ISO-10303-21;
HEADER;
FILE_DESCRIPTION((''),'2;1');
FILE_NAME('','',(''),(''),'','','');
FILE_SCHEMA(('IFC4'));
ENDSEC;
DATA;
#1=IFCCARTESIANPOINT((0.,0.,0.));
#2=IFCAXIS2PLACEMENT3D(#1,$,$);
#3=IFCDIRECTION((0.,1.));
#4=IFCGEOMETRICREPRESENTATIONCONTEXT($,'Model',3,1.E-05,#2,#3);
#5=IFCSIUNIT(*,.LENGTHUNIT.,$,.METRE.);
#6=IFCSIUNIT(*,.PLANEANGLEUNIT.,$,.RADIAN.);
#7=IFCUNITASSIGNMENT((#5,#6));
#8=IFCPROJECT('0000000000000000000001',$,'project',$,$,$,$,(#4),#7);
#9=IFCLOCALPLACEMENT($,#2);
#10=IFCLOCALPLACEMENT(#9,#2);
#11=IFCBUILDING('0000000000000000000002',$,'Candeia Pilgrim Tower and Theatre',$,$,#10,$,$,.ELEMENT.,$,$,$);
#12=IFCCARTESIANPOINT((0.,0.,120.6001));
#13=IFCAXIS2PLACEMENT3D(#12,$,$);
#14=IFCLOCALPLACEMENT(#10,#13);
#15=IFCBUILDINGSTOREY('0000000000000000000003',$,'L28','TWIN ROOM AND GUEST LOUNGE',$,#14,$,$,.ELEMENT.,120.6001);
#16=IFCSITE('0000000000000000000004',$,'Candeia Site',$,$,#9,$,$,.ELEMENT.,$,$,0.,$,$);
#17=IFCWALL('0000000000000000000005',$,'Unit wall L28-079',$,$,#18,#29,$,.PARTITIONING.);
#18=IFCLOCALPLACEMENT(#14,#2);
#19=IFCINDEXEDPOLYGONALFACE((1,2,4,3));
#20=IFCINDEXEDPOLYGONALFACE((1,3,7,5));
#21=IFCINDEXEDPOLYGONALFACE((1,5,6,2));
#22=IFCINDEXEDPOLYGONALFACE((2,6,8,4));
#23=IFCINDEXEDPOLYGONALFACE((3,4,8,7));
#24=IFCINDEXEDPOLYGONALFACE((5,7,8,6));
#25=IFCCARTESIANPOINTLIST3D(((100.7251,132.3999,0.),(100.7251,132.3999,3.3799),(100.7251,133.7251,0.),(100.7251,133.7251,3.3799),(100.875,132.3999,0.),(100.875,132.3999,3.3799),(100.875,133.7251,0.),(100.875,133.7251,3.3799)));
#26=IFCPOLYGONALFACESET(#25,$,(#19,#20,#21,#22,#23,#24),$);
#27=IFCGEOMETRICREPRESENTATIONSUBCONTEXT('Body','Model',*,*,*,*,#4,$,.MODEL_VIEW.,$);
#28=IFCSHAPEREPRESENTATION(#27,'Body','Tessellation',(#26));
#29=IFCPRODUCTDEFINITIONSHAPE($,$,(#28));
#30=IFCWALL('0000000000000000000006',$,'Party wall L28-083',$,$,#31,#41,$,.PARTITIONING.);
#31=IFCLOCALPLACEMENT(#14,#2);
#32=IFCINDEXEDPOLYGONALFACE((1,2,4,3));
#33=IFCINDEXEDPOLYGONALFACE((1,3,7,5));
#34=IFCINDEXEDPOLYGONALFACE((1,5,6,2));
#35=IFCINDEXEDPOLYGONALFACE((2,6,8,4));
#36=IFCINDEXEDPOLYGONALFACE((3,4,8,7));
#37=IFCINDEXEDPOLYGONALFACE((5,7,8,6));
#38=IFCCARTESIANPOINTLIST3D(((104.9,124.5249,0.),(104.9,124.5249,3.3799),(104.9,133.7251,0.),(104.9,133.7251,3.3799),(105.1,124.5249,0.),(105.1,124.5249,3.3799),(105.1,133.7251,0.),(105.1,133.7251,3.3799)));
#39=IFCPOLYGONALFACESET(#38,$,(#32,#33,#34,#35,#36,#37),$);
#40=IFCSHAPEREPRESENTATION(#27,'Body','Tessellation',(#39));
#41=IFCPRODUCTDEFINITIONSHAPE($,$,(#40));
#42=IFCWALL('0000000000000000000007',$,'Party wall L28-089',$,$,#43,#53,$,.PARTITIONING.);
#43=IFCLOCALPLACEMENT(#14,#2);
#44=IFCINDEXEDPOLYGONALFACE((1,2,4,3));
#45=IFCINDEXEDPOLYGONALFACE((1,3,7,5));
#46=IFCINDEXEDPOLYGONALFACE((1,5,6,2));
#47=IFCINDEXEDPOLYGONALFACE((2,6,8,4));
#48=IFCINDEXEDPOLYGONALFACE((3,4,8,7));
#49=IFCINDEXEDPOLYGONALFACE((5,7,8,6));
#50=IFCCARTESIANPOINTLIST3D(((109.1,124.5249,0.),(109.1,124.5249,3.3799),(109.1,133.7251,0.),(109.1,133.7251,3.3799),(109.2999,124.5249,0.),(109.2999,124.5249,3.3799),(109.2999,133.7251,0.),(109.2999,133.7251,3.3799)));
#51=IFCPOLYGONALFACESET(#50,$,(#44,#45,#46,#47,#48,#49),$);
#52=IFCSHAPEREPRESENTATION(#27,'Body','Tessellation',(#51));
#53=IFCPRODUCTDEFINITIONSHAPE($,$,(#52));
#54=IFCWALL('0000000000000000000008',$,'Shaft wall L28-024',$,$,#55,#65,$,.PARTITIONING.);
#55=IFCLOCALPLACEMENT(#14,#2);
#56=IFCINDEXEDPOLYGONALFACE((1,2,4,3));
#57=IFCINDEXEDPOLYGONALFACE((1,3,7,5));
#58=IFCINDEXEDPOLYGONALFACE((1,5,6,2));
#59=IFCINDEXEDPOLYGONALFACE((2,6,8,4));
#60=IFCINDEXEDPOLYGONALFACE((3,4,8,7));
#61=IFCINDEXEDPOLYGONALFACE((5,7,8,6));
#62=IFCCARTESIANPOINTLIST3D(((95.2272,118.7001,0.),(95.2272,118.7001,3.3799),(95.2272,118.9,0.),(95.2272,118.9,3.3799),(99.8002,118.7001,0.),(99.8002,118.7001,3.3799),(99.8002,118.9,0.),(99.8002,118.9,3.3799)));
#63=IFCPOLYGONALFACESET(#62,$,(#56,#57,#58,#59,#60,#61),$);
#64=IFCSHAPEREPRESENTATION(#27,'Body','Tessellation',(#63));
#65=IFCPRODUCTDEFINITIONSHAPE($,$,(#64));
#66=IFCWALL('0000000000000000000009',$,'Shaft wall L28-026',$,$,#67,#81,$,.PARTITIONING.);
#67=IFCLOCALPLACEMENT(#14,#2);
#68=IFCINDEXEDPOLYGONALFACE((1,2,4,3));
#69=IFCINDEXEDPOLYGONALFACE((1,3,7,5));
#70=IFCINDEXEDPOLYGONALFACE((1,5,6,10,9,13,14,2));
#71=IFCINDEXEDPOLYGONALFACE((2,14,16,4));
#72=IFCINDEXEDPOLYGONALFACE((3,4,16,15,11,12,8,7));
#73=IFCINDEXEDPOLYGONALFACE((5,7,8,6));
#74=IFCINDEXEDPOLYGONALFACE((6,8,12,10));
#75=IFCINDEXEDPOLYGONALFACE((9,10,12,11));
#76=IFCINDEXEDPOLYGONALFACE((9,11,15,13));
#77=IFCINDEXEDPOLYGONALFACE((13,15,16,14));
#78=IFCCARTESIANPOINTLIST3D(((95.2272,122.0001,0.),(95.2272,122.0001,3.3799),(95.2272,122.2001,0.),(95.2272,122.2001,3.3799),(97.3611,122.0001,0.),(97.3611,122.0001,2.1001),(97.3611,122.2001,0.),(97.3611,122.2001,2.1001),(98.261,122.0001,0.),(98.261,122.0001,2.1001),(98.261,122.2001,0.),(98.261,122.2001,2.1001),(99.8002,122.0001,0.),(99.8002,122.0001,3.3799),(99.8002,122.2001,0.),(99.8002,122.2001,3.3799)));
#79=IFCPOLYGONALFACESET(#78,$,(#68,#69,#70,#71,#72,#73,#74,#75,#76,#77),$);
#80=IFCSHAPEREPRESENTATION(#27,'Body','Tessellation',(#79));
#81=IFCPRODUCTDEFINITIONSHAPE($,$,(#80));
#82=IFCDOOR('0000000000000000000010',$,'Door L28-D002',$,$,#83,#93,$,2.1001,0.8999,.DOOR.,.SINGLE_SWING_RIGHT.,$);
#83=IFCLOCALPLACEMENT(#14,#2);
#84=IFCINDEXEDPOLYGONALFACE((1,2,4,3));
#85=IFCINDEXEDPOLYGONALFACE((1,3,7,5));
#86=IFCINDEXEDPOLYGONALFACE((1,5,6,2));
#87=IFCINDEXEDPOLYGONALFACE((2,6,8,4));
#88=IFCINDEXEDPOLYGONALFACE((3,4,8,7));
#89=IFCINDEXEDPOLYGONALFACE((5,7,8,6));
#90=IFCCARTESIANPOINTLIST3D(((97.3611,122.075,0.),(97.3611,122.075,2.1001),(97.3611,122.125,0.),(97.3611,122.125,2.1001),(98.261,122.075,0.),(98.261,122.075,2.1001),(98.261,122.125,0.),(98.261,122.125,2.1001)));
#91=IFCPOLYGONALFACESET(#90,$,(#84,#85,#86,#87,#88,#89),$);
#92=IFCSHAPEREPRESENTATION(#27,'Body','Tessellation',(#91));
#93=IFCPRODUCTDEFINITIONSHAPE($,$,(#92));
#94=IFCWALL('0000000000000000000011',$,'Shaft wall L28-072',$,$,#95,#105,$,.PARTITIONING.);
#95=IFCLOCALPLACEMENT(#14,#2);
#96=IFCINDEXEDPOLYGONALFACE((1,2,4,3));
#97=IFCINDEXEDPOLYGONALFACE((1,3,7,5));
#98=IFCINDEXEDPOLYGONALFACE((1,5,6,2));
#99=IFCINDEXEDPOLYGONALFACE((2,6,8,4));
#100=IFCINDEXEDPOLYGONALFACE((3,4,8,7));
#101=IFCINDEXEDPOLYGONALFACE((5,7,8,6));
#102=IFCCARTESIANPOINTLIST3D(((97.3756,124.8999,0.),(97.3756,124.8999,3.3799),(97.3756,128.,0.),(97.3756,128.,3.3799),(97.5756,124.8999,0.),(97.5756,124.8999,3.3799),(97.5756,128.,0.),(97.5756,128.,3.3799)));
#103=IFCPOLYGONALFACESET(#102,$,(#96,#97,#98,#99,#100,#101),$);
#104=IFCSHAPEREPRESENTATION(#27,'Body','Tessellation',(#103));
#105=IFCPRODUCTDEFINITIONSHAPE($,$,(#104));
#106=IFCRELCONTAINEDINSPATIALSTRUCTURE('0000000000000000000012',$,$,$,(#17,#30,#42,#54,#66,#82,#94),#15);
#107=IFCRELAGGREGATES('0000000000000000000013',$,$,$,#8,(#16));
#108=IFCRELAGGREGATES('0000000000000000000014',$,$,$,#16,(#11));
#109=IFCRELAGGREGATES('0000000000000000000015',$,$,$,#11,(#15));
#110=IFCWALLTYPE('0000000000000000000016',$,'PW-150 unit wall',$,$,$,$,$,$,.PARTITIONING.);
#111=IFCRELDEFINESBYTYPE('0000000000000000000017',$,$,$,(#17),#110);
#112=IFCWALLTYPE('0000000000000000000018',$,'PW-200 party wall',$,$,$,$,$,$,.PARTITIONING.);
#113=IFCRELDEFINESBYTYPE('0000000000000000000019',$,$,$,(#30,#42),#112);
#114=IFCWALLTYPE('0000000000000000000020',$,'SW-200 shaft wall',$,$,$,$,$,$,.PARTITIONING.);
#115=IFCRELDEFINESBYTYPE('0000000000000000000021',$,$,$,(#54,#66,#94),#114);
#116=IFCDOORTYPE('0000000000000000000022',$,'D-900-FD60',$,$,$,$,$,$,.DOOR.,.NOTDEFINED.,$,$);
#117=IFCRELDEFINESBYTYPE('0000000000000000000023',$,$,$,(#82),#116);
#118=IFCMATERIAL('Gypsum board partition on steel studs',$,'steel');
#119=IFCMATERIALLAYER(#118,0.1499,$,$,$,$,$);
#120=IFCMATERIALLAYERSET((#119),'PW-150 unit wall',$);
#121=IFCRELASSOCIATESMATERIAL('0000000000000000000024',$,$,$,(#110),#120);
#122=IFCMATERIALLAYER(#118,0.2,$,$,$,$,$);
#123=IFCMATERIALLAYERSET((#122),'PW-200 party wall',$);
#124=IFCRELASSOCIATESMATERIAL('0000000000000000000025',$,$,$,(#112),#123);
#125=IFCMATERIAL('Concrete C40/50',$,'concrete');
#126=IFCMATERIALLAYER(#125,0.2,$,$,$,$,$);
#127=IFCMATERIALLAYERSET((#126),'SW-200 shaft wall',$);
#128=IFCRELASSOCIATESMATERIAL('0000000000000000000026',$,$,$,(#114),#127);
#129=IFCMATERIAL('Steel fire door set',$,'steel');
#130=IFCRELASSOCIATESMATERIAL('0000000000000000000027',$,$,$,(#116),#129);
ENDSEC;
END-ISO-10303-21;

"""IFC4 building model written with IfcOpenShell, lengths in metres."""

from ifc_helpers import new_model, si_unit, direction, frame, frame_2d, origin, place, context, subcontext, project, spatial, rectangle, extrude, material, layer, layer_set, type_object, element, fill, save


model = new_model("IFC4")

# Units and contexts
model_context = context("Model", 3, precision=1e-05, world=origin(), true_north=direction((0.0, 1.0)))
body_context = subcontext(model_context, "Body", "Model", "MODEL_VIEW")
ifc_project = project(units=[si_unit("LENGTHUNIT", "METRE"), si_unit("PLANEANGLEUNIT", "RADIAN")], contexts=[model_context])

# Site, building, storey
site_placement = place(None, origin())
site = spatial("IfcSite", under=ifc_project, at=site_placement, Name="Candeia Site", CompositionType="ELEMENT", RefElevation=0.0)
building_placement = place(site_placement, origin())
building = spatial("IfcBuilding", under=site, at=building_placement, Name="Candeia Pilgrim Tower and Theatre", CompositionType="ELEMENT")
storey_placement = place(building_placement, frame((0.0, 0.0, 120.6001)))
storey = spatial("IfcBuildingStorey", under=building, at=storey_placement, Name="L28", Description="TWIN ROOM AND GUEST LOUNGE", CompositionType="ELEMENT", Elevation=120.6001)

# Shared definitions
ifc_material_1 = material(Name="Steel fire door set", Category="steel")

# Shared definitions
ifc_material_2 = material(Name="Gypsum board partition on steel studs", Category="steel")
ifc_layer_1 = layer(ifc_material_2, 0.1499)
ifc_layer_set_1 = layer_set([ifc_layer_1], Name="PW-150 unit wall")
wall_type_1 = type_object("IfcWallType", Name="PW-150 unit wall", PredefinedType="PARTITIONING", material=ifc_layer_set_1)

# Walls
wall_1_placement = place(storey_placement, frame((100.8, 132.3999, 0.0), z_axis=(0.0, 0.0, 1.0), x_axis=(0.0, 1.0, 0.0)))
element("IfcWall", 1, at=wall_1_placement, inside=storey, type_object=wall_type_1, Name="Unit wall L28-079", PredefinedType="PARTITIONING", context=body_context, shape_type="SweptSolid", body=[
    extrude(rectangle(XDim=1.3252, YDim=0.1499, at=frame_2d((0.6626, 0.0))), origin(), (0.0, 0.0, 1.0), 3.3799),
])
ifc_layer_2 = layer(ifc_material_2, 0.2)
ifc_layer_set_2 = layer_set([ifc_layer_2], Name="PW-200 party wall")
wall_type_2 = type_object("IfcWallType", Name="PW-200 party wall", PredefinedType="PARTITIONING", material=ifc_layer_set_2)
for number, where, z_axis, x_axis, name in (
    (2, (105.0, 124.5249, 0.0), (0.0, 0.0, 1.0), (0.0, 1.0, 0.0), "Party wall L28-083"),
    (3, (109.2, 124.5249, 0.0), (0.0, 0.0, 1.0), (0.0, 1.0, 0.0), "Party wall L28-089"),
):
    element("IfcWall", number, at=place(storey_placement, frame(where, z_axis=z_axis, x_axis=x_axis)), inside=storey, type_object=wall_type_2, Name=name, PredefinedType="PARTITIONING", context=body_context, shape_type="SweptSolid", body=[
        extrude(rectangle(XDim=9.2002, YDim=0.2, at=frame_2d((4.6001, 0.0))), origin(), (0.0, 0.0, 1.0), 3.3799),
    ])
ifc_material_3 = material(Name="Concrete C40/50", Category="concrete")
ifc_layer_3 = layer(ifc_material_3, 0.2)
ifc_layer_set_3 = layer_set([ifc_layer_3], Name="SW-200 shaft wall")
wall_type_3 = type_object("IfcWallType", Name="SW-200 shaft wall", PredefinedType="PARTITIONING", material=ifc_layer_set_3)
wall_2_placement = place(storey_placement, frame((95.2271, 118.8, 0.0), z_axis=(0.0, 0.0, 1.0), x_axis=(1.0, 0.0, 0.0)))
element("IfcWall", 4, at=wall_2_placement, inside=storey, type_object=wall_type_3, Name="Shaft wall L28-024", PredefinedType="PARTITIONING", context=body_context, shape_type="SweptSolid", body=[
    extrude(rectangle(XDim=4.573, YDim=0.2, at=frame_2d((2.2866, 0.0))), origin(), (0.0, 0.0, 1.0), 3.3799),
])

# Wall, opening, door
wall_3_placement = place(storey_placement, frame((95.2271, 122.1001, 0.0), z_axis=(0.0, 0.0, 1.0), x_axis=(1.0, 0.0, 0.0)))
wall_3 = element("IfcWall", 5, at=wall_3_placement, inside=storey, type_object=wall_type_3, Name="Shaft wall L28-026", PredefinedType="PARTITIONING", context=body_context, shape_type="SweptSolid", body=[
    extrude(rectangle(XDim=4.573, YDim=0.2, at=frame_2d((2.2866, 0.0))), origin(), (0.0, 0.0, 1.0), 3.3799),
])
opening_1_placement = place(wall_3_placement, frame((2.134, 0.0, 0.0)))
opening_1 = element("IfcOpeningElement", 6, at=opening_1_placement, cuts=wall_3, PredefinedType="OPENING", context=body_context, shape_type="SweptSolid", body=[
    extrude(rectangle(XDim=0.8999, YDim=2.1001, at=frame_2d((0.45, 1.05))), frame((0.0, 0.1099, 0.0), z_axis=(0.0, -1.0, 0.0), x_axis=(1.0, 0.0, 0.0)), (0.0, 0.0, 1.0), 0.22),
])
door_type_1 = type_object("IfcDoorType", Name="D-900-FD60", OperationType="NOTDEFINED", PredefinedType="DOOR", material=ifc_material_1)
door_1_placement = place(opening_1_placement, origin())
door_1 = element("IfcDoor", 7, at=door_1_placement, inside=storey, type_object=door_type_1, Name="Door L28-D002", OperationType="SINGLE_SWING_RIGHT", OverallHeight=2.1001, OverallWidth=0.8999, PredefinedType="DOOR", context=body_context, shape_type="SweptSolid", body=[
    extrude(rectangle(XDim=0.8999, YDim=2.1001, at=frame_2d((0.45, 1.05))), frame((0.0, 0.0249, 0.0), z_axis=(0.0, -1.0, 0.0), x_axis=(1.0, 0.0, 0.0)), (0.0, 0.0, 1.0), 0.05),
])
fill(opening_1, door_1)

# Wall
wall_4_placement = place(storey_placement, frame((97.4756, 124.8999, 0.0), z_axis=(0.0, 0.0, 1.0), x_axis=(0.0, 1.0, 0.0)))
element("IfcWall", 8, at=wall_4_placement, inside=storey, type_object=wall_type_3, Name="Shaft wall L28-072", PredefinedType="PARTITIONING", context=body_context, shape_type="SweptSolid", body=[
    extrude(rectangle(XDim=3.1001, YDim=0.2, at=frame_2d((1.55, 0.0))), origin(), (0.0, 0.0, 1.0), 3.3799),
])

save(model, "model.ifc")
